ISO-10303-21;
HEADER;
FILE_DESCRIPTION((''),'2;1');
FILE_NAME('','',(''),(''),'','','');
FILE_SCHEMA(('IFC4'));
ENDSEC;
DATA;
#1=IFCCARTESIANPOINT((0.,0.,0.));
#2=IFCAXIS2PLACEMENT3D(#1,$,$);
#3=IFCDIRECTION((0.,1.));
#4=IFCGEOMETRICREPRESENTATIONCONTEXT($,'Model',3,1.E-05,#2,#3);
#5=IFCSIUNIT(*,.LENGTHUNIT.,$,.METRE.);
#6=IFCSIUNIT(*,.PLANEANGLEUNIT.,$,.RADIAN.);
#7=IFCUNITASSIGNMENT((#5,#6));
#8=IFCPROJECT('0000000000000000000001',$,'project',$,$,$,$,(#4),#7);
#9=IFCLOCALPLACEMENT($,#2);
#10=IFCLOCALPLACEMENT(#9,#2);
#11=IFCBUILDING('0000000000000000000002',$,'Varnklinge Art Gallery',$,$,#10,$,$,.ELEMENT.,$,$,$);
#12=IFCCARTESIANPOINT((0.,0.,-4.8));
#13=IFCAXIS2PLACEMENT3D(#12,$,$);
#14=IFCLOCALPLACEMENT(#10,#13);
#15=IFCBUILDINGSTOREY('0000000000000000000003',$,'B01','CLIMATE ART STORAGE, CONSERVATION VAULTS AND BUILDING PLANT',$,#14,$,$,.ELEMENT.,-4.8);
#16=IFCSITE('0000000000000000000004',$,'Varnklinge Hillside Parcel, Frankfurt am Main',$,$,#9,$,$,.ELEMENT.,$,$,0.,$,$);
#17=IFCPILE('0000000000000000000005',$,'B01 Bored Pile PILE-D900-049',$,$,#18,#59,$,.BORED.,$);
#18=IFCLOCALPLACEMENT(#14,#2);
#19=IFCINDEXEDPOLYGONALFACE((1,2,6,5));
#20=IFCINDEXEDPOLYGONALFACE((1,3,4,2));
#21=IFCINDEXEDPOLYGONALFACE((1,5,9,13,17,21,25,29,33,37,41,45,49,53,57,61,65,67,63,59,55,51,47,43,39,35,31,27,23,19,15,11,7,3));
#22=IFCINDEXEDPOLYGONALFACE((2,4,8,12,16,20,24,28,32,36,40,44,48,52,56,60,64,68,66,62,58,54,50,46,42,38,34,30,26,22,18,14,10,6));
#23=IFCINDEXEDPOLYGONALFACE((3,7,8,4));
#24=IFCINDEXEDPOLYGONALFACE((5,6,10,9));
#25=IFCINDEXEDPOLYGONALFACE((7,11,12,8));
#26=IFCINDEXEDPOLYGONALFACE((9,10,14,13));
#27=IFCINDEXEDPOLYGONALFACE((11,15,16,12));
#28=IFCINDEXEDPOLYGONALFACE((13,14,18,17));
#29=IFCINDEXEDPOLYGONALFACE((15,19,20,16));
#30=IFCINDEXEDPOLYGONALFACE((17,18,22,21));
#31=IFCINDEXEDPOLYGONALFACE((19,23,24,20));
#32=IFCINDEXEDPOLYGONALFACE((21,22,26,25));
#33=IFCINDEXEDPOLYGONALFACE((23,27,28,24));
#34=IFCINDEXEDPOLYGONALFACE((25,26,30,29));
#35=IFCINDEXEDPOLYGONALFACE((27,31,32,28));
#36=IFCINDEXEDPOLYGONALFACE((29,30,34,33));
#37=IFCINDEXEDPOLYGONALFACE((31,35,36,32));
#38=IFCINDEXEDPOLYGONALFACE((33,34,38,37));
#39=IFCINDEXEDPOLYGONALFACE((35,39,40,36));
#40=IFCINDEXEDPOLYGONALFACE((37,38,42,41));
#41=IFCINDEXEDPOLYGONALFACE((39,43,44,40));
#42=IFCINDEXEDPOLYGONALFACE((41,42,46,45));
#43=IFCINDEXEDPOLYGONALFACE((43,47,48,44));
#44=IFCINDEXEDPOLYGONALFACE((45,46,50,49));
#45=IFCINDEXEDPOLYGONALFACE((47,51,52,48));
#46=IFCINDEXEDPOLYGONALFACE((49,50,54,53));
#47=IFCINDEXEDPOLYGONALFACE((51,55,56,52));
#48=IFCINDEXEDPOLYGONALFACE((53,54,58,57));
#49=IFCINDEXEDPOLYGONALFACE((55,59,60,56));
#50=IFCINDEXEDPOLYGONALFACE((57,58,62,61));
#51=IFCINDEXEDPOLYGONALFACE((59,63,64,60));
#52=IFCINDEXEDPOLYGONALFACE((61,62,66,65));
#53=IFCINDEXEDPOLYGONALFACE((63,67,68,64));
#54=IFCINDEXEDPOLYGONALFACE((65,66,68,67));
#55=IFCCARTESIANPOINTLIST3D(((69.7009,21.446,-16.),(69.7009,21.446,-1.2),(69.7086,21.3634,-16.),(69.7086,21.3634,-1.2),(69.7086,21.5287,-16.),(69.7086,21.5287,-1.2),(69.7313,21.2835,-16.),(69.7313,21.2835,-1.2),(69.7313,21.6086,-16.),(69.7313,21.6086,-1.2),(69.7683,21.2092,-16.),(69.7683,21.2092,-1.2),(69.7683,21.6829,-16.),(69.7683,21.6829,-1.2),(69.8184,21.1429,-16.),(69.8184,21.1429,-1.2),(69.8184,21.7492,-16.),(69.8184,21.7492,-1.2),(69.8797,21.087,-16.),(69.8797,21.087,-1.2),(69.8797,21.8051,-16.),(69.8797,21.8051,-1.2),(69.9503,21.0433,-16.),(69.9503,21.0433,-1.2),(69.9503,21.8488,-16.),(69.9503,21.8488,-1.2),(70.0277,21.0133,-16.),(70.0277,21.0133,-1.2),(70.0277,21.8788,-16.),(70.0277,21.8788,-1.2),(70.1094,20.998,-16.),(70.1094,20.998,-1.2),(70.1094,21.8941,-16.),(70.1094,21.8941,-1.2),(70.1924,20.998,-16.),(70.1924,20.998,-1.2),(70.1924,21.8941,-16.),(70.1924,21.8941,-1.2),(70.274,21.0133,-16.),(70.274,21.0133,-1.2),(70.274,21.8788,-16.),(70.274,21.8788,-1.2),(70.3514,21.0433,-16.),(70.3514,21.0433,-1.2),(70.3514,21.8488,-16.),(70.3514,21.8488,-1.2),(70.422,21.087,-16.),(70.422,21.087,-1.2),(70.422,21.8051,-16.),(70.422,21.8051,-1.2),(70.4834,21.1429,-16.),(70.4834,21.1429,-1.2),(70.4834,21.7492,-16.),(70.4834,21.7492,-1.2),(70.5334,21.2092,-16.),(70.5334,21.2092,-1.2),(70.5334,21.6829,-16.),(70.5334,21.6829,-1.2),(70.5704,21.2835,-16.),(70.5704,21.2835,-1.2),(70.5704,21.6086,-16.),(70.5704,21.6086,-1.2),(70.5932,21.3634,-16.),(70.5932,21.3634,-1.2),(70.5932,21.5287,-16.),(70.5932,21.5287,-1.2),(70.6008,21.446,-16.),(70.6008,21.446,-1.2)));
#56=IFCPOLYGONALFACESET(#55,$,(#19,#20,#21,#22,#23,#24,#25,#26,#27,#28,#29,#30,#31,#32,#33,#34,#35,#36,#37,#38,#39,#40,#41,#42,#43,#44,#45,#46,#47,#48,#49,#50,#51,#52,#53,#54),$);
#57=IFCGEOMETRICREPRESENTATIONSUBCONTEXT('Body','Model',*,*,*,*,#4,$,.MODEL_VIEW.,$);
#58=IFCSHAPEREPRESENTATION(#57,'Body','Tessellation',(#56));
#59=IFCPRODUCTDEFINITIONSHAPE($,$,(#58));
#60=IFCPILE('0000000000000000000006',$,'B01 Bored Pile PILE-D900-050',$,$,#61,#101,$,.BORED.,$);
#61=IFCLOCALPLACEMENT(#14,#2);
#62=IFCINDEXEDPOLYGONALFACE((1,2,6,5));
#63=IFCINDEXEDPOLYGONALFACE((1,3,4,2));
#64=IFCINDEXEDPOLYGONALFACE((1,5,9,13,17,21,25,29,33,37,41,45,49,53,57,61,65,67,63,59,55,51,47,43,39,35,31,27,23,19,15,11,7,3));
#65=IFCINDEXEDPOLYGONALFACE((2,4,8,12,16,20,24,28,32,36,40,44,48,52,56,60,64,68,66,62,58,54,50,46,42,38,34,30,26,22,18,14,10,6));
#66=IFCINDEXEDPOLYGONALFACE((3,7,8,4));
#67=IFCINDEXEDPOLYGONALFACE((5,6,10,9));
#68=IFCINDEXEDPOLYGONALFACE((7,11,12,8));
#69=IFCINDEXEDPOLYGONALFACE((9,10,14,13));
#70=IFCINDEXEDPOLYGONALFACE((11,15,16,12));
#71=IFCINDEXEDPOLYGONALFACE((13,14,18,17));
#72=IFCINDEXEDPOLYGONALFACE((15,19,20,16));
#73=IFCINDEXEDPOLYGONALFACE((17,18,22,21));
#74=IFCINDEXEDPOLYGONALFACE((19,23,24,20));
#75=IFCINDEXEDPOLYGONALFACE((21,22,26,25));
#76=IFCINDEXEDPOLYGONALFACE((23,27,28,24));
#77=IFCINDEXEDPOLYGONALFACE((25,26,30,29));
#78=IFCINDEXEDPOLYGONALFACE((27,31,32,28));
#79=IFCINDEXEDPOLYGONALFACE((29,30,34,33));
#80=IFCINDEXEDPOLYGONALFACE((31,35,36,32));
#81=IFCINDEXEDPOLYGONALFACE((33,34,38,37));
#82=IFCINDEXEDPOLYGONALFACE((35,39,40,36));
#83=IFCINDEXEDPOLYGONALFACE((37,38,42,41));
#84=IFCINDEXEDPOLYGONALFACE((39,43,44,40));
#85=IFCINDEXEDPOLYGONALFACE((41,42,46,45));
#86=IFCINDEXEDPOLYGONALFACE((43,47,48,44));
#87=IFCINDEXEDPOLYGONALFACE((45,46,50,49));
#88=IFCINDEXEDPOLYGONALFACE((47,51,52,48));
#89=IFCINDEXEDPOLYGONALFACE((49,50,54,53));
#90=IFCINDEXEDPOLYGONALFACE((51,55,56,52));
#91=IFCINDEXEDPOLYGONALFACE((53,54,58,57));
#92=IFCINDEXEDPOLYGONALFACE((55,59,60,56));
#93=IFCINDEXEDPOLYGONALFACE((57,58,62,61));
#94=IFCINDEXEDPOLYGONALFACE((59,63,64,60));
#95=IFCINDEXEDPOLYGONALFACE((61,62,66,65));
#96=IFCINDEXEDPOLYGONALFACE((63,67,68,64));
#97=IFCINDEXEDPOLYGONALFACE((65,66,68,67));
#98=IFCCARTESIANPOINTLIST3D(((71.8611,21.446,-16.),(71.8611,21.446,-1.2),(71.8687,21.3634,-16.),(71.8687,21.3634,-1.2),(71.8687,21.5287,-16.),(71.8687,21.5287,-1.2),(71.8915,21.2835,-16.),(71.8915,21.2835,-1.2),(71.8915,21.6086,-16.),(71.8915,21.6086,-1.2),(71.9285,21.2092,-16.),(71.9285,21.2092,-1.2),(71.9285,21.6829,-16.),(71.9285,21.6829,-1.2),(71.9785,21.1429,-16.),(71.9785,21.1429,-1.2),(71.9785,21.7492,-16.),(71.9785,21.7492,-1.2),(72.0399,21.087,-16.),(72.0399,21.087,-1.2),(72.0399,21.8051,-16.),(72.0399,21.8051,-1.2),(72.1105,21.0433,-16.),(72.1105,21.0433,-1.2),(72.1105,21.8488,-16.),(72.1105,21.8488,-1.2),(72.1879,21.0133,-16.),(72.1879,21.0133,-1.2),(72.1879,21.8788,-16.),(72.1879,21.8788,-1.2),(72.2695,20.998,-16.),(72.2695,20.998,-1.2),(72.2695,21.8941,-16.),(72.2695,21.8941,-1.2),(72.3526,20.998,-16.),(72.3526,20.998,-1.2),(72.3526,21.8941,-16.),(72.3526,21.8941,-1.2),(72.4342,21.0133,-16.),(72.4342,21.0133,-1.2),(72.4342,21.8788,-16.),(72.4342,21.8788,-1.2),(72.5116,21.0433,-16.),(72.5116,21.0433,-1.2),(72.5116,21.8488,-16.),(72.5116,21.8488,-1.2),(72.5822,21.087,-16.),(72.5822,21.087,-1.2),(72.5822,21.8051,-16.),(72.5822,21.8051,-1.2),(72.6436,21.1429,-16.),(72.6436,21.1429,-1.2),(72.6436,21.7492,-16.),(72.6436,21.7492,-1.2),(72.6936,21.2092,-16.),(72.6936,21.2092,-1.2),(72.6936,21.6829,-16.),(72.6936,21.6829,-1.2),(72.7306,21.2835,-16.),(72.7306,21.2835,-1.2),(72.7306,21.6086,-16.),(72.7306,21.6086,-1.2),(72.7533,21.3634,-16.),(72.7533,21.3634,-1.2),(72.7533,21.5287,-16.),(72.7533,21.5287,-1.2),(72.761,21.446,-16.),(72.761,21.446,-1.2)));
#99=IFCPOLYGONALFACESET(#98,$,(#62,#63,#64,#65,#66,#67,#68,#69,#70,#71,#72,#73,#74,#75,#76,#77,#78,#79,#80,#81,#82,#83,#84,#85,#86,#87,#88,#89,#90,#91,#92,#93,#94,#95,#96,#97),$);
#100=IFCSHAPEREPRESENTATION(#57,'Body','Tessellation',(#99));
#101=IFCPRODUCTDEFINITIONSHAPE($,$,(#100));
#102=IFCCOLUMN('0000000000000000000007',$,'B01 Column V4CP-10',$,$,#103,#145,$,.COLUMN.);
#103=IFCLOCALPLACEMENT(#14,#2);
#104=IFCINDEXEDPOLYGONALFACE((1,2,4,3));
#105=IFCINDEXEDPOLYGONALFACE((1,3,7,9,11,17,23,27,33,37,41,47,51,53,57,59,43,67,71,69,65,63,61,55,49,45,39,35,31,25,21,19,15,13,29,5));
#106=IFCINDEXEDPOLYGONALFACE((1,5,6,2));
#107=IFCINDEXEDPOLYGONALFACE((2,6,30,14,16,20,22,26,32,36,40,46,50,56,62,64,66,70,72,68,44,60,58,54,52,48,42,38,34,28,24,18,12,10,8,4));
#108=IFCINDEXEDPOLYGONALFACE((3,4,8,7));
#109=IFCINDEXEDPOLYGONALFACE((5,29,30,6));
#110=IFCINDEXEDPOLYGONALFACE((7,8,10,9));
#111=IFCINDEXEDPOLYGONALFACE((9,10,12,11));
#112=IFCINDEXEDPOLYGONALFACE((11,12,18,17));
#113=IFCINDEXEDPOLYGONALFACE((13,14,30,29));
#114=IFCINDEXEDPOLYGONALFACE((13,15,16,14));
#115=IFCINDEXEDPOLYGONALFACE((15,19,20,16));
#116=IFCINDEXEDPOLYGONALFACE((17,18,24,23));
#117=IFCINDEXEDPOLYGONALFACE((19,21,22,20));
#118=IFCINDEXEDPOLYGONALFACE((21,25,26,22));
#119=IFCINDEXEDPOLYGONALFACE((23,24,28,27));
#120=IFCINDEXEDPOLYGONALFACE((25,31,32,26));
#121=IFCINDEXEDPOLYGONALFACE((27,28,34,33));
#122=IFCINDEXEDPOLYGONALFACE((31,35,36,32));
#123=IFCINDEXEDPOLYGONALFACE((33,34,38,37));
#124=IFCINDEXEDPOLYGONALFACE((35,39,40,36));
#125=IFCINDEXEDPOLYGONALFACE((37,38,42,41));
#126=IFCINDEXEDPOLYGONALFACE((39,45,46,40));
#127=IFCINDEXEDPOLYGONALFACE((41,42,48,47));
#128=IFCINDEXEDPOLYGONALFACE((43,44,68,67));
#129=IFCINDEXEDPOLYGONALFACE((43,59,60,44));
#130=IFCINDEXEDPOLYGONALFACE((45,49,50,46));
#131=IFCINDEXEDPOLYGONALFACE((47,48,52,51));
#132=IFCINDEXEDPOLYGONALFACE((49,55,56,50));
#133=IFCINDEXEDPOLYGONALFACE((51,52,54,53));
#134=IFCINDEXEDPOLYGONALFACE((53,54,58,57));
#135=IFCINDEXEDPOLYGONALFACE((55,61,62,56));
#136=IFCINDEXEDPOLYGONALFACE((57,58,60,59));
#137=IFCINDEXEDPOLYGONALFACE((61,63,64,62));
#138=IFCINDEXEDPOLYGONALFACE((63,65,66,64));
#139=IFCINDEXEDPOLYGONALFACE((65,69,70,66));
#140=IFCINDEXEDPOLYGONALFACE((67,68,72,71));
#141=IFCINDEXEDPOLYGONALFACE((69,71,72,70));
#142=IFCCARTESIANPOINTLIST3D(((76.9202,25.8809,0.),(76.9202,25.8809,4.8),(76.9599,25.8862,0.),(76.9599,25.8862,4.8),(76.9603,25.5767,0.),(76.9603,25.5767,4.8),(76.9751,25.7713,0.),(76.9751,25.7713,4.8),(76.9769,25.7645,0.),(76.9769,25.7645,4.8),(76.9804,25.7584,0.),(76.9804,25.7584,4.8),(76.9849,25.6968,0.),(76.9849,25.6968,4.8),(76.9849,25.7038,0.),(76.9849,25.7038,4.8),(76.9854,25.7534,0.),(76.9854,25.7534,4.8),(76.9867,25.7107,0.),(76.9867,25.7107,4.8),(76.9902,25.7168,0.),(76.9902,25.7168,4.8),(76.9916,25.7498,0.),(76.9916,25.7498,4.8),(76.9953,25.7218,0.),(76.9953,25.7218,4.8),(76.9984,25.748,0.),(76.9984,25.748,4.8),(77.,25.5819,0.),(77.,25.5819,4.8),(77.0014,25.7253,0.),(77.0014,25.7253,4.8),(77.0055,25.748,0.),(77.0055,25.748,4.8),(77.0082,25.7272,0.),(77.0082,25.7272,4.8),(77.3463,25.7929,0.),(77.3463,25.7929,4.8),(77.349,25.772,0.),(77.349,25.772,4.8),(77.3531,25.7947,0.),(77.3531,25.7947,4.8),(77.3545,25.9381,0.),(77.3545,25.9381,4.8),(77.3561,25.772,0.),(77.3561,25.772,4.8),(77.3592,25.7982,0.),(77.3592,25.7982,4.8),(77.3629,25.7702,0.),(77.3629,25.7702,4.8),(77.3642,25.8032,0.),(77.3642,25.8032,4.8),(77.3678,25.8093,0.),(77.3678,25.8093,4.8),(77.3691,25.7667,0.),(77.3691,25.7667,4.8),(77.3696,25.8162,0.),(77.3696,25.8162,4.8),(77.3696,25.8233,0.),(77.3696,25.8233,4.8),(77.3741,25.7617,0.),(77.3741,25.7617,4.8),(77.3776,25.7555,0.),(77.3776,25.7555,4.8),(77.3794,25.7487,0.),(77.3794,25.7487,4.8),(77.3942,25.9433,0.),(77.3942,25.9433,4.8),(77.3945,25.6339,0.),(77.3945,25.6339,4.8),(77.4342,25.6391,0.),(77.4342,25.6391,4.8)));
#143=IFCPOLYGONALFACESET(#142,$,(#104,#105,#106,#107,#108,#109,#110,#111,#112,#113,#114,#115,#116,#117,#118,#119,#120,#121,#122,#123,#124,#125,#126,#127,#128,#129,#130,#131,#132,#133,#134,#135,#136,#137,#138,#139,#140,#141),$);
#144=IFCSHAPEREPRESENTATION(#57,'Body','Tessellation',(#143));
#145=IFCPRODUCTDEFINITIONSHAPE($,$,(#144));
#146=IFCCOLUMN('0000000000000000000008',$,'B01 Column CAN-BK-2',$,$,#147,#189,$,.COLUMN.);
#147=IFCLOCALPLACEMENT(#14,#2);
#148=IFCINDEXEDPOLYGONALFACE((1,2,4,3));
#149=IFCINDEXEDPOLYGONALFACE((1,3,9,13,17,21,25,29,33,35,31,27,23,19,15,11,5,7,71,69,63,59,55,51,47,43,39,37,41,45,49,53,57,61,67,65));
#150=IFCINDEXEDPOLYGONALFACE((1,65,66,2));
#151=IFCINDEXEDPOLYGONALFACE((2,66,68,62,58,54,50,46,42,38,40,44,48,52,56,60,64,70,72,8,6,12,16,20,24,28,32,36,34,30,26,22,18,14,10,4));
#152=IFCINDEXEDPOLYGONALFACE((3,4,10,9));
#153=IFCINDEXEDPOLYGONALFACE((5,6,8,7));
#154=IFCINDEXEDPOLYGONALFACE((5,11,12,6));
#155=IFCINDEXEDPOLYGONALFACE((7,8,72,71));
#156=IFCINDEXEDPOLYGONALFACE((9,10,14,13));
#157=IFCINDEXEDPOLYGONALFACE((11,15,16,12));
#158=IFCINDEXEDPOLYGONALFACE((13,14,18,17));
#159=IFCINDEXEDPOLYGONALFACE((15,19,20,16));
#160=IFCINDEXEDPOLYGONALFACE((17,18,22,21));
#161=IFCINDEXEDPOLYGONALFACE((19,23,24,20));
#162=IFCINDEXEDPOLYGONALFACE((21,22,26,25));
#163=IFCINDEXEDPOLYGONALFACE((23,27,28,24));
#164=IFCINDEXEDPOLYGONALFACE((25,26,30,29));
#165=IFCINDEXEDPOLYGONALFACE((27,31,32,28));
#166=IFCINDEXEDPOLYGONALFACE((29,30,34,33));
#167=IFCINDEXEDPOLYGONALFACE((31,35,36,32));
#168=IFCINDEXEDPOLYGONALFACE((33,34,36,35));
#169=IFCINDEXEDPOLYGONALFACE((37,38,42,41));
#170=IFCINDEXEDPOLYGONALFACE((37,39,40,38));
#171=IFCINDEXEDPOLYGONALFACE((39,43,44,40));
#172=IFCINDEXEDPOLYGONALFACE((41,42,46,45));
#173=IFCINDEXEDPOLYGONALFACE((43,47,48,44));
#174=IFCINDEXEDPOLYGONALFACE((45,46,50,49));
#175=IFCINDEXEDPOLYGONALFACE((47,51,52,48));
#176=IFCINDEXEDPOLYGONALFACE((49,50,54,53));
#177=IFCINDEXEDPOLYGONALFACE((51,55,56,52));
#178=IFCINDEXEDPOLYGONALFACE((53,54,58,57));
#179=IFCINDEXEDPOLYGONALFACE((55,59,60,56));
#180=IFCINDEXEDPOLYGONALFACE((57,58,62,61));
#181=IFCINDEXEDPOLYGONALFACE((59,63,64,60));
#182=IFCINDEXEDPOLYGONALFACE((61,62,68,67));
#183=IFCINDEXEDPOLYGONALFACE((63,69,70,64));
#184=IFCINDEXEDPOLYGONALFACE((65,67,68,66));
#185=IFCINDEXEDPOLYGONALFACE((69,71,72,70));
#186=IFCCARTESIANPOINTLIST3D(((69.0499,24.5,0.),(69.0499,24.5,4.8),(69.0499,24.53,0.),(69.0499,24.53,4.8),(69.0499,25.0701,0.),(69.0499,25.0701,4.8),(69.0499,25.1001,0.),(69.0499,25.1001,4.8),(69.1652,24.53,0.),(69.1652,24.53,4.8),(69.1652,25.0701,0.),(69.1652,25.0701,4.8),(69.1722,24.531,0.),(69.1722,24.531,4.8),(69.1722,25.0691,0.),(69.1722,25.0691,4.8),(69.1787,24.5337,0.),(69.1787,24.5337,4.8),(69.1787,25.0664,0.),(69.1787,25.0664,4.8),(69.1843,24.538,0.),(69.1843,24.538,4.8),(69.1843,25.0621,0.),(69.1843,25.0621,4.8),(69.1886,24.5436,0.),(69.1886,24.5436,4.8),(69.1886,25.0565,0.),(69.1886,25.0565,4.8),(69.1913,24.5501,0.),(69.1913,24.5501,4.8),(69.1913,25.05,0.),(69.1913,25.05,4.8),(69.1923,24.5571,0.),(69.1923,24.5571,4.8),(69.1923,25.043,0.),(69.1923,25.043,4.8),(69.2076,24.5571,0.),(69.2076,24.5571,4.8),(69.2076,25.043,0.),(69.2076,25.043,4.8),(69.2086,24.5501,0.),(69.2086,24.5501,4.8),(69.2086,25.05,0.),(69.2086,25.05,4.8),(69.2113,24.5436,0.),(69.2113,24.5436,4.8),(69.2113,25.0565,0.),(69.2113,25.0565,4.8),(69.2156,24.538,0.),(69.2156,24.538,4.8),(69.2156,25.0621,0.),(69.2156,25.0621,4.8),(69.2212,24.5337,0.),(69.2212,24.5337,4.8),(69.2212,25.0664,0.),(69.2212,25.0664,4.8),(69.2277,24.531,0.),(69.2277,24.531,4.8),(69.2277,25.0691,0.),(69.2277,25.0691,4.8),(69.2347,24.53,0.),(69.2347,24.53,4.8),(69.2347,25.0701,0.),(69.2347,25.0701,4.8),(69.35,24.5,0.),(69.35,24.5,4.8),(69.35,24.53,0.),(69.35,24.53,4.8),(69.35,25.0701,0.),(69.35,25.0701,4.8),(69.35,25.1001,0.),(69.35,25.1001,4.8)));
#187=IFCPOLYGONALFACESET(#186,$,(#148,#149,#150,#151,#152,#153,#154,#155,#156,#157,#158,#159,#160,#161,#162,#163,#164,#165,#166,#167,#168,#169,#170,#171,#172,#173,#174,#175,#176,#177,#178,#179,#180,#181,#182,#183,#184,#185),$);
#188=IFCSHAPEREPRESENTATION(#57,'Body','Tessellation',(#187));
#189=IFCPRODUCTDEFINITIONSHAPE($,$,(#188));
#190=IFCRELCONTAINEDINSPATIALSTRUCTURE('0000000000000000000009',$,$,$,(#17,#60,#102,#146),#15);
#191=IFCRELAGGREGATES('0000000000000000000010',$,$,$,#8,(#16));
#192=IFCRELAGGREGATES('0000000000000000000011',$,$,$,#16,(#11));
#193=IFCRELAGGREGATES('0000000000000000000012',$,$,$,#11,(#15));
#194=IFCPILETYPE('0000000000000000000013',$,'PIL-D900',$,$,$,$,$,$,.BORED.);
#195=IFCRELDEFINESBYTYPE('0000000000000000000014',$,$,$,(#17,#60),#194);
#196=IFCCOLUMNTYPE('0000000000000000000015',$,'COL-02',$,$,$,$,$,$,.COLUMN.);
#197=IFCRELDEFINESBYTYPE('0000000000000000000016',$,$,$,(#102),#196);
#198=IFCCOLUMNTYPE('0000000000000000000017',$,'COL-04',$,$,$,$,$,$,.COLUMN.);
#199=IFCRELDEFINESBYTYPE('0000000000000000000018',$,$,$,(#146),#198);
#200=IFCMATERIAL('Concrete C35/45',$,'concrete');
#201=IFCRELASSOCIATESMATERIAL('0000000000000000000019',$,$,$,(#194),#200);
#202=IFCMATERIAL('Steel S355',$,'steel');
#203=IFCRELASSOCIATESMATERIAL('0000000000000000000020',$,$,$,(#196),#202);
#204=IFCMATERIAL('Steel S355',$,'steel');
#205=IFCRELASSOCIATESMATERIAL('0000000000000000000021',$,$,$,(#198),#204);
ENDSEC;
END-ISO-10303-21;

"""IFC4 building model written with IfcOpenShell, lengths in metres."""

from ifc_helpers import new_model, si_unit, direction, frame, origin, origin_2d, place, context, subcontext, project, spatial, circle, i_section, extrude, material, material_profile, profile_set, type_object, element, save


model = new_model("IFC4")

# Units and contexts
model_context = context("Model", 3, precision=1e-05, world=origin(), true_north=direction((0.0, 1.0)))
body_context = subcontext(model_context, "Body", "Model", "MODEL_VIEW")
ifc_project = project(units=[si_unit("LENGTHUNIT", "METRE"), si_unit("PLANEANGLEUNIT", "RADIAN")], contexts=[model_context])

# Site, building, storey
site_placement = place(None, origin())
site = spatial("IfcSite", under=ifc_project, at=site_placement, Name="Varnklinge Hillside Parcel, Frankfurt am Main", CompositionType="ELEMENT", RefElevation=0.0)
building_placement = place(site_placement, origin())
building = spatial("IfcBuilding", under=site, at=building_placement, Name="Varnklinge Art Gallery", CompositionType="ELEMENT")
storey_placement = place(building_placement, frame((0.0, 0.0, -4.8)))
storey = spatial("IfcBuildingStorey", under=building, at=storey_placement, Name="B01", Description="CLIMATE ART STORAGE, CONSERVATION VAULTS AND BUILDING PLANT", CompositionType="ELEMENT", Elevation=-4.8)

# Piles
ifc_material_1 = material(Name="Concrete C35/45", Category="concrete")
ifc_material_profile_1 = material_profile(ifc_material_1, circle(Radius=0.45, at=origin_2d()), Name="PILE D900")
ifc_profile_set_1 = profile_set([ifc_material_profile_1], Name="Concrete C35/45")
pile_type_1 = type_object("IfcPileType", Name="PIL-D900", PredefinedType="BORED", material=ifc_profile_set_1)
for number, where, z_axis, x_axis, name in (
    (1, (70.1509, 21.446, -1.2), (0.0, 0.0, -1.0), (1.0, 0.0, 0.0), "B01 Bored Pile PILE-D900-049"),
    (2, (72.311, 21.446, -1.2), (0.0, 0.0, -1.0), (1.0, 0.0, 0.0), "B01 Bored Pile PILE-D900-050"),
):
    element("IfcPile", number, at=place(storey_placement, frame(where, z_axis=z_axis, x_axis=x_axis)), inside=storey, type_object=pile_type_1, Name=name, PredefinedType="BORED", context=body_context, shape_type="SweptSolid", body=[
        extrude(circle(Radius=0.45, at=origin_2d()), origin(), (0.0, 0.0, 1.0), 14.8),
    ])

# Columns
ifc_material_2 = material(Name="Steel S355", Category="steel")
ifc_material_profile_2 = material_profile(ifc_material_2, i_section(OverallWidth=0.3069, OverallDepth=0.478, WebThickness=0.021, FlangeThickness=0.04, FilletRadius=0.0271, at=origin_2d()), Name="HEM 450")
ifc_profile_set_2 = profile_set([ifc_material_profile_2], Name="Steel S355")
column_type_1 = type_object("IfcColumnType", Name="COL-02", PredefinedType="COLUMN", material=ifc_profile_set_2)
column_1_placement = place(storey_placement, frame((77.1772, 25.76, 0.0), z_axis=(0.0, 0.0, 1.0), x_axis=(0.130526, -0.991445, 0.0)))
element("IfcColumn", 3, at=column_1_placement, inside=storey, type_object=column_type_1, Name="B01 Column V4CP-10", PredefinedType="COLUMN", context=body_context, shape_type="SweptSolid", body=[
    extrude(i_section(OverallWidth=0.3069, OverallDepth=0.478, WebThickness=0.021, FlangeThickness=0.04, FilletRadius=0.0271, at=origin_2d()), origin(), (0.0, 0.0, 1.0), 4.8),
])
ifc_material_3 = material(Name="Steel S355", Category="steel")
ifc_material_profile_3 = material_profile(ifc_material_3, i_section(OverallWidth=0.3, OverallDepth=0.6001, WebThickness=0.0154, FlangeThickness=0.03, FilletRadius=0.0271, at=origin_2d()), Name="HEB 600")
ifc_profile_set_3 = profile_set([ifc_material_profile_3], Name="Steel S355")
column_type_2 = type_object("IfcColumnType", Name="COL-04", PredefinedType="COLUMN", material=ifc_profile_set_3)
column_2_placement = place(storey_placement, frame((69.2, 24.8, 0.0), z_axis=(0.0, 0.0, 1.0), x_axis=(1.0, 0.0, 0.0)))
element("IfcColumn", 4, at=column_2_placement, inside=storey, type_object=column_type_2, Name="B01 Column CAN-BK-2", PredefinedType="COLUMN", context=body_context, shape_type="SweptSolid", body=[
    extrude(i_section(OverallWidth=0.3, OverallDepth=0.6001, WebThickness=0.0154, FlangeThickness=0.03, FilletRadius=0.0271, at=origin_2d()), origin(), (0.0, 0.0, 1.0), 4.8),
])

save(model, "model.ifc")
